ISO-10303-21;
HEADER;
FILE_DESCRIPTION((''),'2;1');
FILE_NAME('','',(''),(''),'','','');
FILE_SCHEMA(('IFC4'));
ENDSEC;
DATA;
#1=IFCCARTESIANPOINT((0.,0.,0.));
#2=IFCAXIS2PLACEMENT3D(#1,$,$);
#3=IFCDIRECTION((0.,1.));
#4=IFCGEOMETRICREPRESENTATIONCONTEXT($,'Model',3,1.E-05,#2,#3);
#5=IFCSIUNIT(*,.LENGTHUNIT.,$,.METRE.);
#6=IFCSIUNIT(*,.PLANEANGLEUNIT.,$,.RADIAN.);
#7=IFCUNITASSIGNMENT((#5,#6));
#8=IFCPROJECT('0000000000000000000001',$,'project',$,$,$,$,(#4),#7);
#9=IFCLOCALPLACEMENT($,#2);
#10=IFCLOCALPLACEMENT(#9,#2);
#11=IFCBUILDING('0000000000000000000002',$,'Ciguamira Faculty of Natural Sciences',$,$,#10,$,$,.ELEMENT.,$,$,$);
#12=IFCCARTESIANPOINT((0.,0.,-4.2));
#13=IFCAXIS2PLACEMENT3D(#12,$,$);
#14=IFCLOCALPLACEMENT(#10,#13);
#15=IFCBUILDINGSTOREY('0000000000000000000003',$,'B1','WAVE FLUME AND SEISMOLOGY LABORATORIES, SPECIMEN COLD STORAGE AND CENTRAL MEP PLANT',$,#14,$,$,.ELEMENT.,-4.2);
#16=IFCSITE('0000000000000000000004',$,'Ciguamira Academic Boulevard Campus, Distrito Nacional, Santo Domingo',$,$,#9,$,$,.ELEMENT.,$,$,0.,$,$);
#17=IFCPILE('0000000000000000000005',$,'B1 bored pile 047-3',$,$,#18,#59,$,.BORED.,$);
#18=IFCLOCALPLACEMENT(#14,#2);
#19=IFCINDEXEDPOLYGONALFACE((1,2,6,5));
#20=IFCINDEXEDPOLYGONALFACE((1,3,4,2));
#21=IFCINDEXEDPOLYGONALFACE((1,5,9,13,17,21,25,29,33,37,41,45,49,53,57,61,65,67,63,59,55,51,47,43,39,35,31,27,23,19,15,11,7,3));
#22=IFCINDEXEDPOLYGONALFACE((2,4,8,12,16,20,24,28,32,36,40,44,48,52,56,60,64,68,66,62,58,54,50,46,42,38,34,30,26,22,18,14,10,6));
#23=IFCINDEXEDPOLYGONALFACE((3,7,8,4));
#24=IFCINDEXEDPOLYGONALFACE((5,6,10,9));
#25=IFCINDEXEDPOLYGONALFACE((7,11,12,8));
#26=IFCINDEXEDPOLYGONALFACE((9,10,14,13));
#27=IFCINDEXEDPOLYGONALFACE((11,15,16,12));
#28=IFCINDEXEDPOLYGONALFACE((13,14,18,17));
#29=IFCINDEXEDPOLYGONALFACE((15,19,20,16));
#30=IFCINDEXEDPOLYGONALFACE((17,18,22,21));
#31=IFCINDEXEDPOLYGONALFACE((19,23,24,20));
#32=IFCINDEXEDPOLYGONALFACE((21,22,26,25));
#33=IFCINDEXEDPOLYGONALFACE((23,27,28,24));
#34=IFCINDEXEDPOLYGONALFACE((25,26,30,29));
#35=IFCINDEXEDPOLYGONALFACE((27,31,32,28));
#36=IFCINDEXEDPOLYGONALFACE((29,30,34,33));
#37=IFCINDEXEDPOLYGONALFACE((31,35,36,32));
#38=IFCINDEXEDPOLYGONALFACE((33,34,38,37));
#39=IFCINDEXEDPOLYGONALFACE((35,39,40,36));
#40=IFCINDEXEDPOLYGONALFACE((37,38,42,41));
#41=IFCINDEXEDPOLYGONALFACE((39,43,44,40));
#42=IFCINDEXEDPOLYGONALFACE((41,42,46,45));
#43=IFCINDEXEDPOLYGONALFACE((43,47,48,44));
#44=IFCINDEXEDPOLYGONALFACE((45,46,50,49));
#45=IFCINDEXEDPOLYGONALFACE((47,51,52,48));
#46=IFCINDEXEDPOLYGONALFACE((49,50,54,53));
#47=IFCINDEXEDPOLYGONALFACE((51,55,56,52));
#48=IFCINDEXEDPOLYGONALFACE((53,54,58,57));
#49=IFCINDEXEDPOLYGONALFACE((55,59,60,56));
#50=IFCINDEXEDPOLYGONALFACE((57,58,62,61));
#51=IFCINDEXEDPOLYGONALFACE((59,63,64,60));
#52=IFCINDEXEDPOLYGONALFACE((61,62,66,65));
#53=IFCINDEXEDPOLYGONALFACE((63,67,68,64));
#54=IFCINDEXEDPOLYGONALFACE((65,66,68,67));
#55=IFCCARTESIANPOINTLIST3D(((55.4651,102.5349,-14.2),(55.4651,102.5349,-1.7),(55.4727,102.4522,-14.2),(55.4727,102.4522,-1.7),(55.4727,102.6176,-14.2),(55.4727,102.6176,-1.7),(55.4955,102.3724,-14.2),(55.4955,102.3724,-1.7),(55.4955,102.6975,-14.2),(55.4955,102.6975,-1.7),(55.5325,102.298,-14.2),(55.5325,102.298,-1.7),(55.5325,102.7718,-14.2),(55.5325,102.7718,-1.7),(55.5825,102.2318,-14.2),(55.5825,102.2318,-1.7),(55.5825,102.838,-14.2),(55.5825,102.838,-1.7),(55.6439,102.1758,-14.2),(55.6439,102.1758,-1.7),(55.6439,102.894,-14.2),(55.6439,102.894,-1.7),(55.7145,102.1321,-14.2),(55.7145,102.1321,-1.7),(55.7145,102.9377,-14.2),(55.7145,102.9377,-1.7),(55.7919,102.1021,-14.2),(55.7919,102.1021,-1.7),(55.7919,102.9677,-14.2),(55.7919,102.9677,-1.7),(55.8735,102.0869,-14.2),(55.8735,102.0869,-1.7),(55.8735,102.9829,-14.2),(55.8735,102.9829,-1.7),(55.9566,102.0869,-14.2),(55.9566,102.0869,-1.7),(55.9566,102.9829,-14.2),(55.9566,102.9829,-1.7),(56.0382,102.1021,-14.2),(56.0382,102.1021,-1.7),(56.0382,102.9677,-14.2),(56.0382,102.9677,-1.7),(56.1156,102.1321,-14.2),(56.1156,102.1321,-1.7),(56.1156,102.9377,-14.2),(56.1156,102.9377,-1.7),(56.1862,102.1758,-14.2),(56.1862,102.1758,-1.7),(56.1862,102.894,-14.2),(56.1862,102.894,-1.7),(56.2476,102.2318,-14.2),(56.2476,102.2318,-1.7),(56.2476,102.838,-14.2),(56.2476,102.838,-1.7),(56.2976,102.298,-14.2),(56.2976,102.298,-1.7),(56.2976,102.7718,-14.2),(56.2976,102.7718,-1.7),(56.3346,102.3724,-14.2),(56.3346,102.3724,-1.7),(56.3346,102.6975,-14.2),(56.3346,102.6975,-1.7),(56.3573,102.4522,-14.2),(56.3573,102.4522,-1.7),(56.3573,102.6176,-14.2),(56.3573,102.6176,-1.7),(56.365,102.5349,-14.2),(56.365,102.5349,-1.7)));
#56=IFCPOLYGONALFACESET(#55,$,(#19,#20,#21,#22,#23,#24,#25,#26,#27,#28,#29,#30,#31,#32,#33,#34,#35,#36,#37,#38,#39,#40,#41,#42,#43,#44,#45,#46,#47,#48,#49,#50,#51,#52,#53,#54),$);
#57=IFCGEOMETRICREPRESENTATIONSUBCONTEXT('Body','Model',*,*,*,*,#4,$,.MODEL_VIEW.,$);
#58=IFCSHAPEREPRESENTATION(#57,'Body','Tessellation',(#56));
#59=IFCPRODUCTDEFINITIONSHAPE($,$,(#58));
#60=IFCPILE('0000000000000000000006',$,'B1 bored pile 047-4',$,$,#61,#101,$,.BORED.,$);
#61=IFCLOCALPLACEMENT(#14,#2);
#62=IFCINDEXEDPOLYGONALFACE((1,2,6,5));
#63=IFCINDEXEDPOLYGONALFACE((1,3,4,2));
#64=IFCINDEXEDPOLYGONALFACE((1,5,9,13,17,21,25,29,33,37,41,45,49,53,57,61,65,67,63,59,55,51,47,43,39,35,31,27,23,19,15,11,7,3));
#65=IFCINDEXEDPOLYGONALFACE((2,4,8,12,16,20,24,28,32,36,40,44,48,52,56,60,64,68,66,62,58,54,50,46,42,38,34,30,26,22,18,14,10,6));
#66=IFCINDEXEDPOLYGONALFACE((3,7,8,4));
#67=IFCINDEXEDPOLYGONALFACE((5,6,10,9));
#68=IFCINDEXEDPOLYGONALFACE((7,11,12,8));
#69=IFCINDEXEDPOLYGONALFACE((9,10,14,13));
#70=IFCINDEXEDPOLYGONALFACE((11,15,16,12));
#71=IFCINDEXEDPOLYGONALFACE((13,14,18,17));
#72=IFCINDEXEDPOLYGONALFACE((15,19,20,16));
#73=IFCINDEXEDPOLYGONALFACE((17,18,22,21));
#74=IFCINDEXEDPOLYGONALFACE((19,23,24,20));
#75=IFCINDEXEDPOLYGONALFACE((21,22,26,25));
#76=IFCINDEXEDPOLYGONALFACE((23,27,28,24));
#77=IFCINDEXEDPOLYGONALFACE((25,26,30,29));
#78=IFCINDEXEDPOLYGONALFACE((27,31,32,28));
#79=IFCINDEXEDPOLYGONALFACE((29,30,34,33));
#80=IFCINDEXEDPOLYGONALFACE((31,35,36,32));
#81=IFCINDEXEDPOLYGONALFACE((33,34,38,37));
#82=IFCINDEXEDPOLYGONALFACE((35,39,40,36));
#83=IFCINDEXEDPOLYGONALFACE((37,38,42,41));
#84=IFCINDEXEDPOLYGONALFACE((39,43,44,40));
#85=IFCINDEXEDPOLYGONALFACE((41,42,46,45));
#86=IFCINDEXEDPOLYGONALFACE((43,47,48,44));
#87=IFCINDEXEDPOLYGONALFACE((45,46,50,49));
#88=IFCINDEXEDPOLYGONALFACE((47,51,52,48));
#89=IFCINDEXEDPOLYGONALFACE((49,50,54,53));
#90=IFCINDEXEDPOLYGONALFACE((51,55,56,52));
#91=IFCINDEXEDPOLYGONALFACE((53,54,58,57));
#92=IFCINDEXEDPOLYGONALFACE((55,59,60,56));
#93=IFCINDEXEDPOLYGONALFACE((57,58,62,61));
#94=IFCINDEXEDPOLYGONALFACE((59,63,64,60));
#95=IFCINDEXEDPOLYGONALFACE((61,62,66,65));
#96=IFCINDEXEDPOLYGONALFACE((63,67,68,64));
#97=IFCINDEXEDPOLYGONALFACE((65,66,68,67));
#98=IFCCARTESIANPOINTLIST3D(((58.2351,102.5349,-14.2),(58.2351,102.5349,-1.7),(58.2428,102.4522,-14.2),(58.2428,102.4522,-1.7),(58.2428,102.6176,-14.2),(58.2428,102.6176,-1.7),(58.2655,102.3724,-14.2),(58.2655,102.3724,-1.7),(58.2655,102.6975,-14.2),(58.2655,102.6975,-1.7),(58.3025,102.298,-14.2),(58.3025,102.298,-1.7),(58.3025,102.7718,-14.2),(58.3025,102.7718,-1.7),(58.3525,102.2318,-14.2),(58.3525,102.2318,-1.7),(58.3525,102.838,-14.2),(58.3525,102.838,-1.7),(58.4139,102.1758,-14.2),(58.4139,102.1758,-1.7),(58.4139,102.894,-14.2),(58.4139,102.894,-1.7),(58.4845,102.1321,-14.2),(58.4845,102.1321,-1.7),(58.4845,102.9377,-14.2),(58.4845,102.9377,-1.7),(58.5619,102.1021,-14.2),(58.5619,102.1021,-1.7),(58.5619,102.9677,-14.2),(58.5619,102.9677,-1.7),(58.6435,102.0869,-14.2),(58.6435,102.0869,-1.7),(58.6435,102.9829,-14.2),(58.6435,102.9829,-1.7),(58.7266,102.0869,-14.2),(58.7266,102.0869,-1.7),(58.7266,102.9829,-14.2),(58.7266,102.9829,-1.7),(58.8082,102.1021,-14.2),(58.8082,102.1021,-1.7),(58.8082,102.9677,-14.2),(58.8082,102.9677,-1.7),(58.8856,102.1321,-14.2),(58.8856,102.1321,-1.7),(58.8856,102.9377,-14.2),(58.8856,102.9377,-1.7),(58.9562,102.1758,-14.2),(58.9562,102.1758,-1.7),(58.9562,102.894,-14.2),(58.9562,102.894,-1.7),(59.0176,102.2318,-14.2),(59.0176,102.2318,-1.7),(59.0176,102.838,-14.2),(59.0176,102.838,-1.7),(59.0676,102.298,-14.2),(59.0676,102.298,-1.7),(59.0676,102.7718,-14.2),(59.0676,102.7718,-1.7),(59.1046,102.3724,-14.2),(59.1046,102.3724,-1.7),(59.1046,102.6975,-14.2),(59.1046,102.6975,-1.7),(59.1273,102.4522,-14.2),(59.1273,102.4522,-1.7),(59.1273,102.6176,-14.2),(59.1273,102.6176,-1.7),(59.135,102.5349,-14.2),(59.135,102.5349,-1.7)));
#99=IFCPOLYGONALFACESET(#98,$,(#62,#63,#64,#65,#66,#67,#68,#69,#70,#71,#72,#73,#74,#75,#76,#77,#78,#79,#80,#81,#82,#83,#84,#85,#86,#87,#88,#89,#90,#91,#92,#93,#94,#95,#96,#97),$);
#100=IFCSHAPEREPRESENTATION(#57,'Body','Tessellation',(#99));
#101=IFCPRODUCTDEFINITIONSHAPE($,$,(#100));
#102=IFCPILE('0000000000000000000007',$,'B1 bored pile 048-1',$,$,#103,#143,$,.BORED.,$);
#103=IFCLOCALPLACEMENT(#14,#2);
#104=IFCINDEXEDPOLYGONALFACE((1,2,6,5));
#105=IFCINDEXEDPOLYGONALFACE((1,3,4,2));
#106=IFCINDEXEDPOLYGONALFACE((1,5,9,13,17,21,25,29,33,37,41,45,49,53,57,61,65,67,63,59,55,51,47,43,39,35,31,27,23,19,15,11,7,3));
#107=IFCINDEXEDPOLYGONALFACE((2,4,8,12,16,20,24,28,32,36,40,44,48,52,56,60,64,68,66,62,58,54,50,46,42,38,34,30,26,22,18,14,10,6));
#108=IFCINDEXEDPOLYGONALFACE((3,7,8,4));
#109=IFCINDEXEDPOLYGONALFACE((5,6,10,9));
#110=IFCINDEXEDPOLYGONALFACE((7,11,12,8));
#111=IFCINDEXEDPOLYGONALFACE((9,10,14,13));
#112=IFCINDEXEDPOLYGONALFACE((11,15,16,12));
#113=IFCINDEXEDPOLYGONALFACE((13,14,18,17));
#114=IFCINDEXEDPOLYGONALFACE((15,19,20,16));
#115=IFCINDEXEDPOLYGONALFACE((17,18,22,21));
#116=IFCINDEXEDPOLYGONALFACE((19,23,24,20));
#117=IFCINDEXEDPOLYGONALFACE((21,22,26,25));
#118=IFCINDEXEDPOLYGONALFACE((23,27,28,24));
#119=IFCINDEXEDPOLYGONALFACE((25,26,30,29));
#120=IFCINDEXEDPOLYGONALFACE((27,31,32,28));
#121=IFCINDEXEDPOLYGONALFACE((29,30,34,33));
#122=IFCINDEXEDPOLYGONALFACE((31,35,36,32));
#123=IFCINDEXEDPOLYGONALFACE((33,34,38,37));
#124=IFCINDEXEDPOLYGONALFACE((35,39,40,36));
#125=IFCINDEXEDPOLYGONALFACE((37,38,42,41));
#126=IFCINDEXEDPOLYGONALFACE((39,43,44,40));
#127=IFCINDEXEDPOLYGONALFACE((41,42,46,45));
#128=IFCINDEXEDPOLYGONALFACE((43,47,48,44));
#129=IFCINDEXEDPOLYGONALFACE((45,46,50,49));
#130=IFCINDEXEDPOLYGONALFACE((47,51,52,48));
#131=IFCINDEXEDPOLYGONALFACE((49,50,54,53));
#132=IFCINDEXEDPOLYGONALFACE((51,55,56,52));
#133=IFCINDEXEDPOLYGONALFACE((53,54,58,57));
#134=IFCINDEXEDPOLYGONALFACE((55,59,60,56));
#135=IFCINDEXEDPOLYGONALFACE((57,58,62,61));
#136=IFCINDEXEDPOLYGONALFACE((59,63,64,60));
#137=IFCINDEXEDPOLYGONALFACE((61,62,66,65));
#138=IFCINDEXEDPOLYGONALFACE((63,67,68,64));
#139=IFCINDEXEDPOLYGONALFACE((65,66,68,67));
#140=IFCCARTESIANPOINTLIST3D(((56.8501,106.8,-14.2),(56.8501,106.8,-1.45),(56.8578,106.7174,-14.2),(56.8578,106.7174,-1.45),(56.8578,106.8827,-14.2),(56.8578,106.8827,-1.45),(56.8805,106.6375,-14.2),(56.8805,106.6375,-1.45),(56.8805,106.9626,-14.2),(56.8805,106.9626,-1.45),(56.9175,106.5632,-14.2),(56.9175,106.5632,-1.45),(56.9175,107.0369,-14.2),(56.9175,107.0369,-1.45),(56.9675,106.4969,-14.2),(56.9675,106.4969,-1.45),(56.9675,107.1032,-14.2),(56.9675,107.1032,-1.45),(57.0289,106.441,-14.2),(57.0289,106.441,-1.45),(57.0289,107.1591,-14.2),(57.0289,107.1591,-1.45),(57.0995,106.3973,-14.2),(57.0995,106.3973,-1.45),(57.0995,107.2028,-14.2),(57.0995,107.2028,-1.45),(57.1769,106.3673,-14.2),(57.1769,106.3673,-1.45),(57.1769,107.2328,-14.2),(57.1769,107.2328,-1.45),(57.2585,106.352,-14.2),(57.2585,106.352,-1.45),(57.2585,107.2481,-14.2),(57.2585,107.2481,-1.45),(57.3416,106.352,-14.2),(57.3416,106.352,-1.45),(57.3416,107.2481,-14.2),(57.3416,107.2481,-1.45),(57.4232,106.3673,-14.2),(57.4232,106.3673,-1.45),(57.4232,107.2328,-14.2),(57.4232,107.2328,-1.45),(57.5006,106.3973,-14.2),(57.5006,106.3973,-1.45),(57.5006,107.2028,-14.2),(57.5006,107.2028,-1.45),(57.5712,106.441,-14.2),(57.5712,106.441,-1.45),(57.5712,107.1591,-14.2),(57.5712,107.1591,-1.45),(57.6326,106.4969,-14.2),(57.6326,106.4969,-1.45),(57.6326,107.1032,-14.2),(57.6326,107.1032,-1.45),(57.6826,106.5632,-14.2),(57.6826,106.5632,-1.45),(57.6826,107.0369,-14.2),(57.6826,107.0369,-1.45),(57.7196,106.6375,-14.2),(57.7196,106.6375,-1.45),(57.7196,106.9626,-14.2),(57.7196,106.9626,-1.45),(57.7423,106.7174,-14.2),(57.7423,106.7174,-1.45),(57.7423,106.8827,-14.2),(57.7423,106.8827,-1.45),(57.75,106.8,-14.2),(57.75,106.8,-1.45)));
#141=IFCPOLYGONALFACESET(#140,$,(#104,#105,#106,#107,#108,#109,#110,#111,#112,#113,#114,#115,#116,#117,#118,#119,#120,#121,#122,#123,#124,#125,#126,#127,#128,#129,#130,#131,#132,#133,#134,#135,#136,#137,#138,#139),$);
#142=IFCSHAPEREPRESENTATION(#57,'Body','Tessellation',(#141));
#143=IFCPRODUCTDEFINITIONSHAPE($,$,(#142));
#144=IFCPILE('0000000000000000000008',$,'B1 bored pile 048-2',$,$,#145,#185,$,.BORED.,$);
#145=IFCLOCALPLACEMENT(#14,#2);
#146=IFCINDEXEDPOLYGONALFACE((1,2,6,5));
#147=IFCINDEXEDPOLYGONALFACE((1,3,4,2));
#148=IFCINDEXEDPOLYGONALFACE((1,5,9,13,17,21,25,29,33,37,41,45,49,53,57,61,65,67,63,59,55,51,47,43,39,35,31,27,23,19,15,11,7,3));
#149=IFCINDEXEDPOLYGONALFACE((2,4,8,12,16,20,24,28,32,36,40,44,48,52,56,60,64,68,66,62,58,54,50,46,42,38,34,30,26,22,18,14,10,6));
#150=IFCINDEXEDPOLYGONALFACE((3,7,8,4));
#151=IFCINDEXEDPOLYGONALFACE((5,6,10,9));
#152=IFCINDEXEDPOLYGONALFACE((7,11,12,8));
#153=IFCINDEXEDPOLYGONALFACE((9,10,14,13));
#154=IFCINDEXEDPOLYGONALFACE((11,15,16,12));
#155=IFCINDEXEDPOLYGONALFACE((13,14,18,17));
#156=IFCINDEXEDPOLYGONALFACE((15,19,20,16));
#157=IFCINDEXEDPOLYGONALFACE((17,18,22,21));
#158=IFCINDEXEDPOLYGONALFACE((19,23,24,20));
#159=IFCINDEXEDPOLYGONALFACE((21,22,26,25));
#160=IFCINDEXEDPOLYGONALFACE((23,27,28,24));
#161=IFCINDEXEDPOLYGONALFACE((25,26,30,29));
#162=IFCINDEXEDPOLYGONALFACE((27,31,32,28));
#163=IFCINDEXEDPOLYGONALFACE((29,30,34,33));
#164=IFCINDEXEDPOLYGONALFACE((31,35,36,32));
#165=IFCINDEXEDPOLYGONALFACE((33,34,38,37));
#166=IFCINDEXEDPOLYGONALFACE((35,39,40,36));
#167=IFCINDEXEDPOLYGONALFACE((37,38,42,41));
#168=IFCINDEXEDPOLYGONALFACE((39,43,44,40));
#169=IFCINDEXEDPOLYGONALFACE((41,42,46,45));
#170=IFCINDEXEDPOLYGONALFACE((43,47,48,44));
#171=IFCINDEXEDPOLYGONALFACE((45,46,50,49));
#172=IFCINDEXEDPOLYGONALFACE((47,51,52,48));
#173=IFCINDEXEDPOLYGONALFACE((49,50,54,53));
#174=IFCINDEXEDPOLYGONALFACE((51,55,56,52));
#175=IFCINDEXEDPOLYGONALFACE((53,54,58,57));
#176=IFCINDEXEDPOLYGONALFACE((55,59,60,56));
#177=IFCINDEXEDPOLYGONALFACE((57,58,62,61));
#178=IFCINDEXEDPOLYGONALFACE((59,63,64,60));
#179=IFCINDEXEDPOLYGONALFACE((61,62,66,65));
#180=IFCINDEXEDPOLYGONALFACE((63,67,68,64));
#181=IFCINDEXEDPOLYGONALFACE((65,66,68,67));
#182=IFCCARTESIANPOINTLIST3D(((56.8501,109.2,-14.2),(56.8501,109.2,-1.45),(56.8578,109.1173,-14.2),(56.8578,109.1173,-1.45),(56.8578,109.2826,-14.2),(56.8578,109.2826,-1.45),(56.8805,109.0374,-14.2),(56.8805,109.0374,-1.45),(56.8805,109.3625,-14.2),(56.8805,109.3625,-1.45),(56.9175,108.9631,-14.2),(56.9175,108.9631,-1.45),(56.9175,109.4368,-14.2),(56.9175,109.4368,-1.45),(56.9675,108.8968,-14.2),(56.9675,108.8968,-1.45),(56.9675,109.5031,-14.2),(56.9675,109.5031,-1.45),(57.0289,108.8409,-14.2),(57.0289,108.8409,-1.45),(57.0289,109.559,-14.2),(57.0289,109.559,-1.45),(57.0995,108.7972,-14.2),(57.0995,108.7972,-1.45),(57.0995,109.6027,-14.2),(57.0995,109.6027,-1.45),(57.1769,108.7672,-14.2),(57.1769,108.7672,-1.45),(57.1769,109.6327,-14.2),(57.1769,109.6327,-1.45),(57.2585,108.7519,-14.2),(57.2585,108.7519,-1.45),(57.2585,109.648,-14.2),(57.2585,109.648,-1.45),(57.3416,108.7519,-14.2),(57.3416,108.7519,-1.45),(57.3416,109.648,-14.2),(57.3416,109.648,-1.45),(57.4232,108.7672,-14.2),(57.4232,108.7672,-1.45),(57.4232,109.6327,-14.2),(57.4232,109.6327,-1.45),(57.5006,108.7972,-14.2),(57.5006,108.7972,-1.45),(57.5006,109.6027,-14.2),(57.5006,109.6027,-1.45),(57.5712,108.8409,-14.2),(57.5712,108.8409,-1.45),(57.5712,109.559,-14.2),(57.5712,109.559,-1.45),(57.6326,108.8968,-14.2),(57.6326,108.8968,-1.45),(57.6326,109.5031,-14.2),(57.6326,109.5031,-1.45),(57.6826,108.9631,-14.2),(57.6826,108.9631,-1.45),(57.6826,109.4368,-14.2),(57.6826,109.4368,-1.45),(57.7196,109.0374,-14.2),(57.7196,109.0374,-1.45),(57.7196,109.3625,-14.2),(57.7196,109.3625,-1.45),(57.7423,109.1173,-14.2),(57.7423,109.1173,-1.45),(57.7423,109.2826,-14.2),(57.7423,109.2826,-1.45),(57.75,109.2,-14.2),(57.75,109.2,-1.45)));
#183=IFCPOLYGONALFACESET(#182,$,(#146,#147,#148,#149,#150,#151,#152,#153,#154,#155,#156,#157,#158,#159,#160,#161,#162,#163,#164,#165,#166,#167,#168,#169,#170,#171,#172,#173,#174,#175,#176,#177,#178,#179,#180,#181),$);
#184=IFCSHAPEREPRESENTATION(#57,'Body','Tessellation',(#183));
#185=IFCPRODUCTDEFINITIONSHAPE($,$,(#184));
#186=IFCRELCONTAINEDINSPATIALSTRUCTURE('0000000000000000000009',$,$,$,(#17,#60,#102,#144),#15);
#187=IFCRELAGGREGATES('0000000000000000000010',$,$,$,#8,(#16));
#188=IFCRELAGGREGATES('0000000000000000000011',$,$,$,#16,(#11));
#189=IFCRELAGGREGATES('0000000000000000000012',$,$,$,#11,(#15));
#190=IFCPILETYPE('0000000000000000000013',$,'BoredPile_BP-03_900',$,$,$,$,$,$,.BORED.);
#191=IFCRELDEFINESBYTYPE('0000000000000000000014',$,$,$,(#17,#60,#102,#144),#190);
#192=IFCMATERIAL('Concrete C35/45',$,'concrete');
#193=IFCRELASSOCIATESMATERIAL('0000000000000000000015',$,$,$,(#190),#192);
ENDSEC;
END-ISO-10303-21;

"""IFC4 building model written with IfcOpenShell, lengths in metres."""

from ifc_helpers import new_model, si_unit, direction, frame, origin, origin_2d, place, context, subcontext, project, spatial, circle, extrude, material, material_profile, profile_set, type_object, element, save


model = new_model("IFC4")

# Units and contexts
model_context = context("Model", 3, precision=1e-05, world=origin(), true_north=direction((0.0, 1.0)))
body_context = subcontext(model_context, "Body", "Model", "MODEL_VIEW")
ifc_project = project(units=[si_unit("LENGTHUNIT", "METRE"), si_unit("PLANEANGLEUNIT", "RADIAN")], contexts=[model_context])

# Site, building, storey
site_placement = place(None, origin())
site = spatial("IfcSite", under=ifc_project, at=site_placement, Name="Ciguamira Academic Boulevard Campus, Distrito Nacional, Santo Domingo", CompositionType="ELEMENT", RefElevation=0.0)
building_placement = place(site_placement, origin())
building = spatial("IfcBuilding", under=site, at=building_placement, Name="Ciguamira Faculty of Natural Sciences", CompositionType="ELEMENT")
storey_placement = place(building_placement, frame((0.0, 0.0, -4.2)))
storey = spatial("IfcBuildingStorey", under=building, at=storey_placement, Name="B1", Description="WAVE FLUME AND SEISMOLOGY LABORATORIES, SPECIMEN COLD STORAGE AND CENTRAL MEP PLANT", CompositionType="ELEMENT", Elevation=-4.2)

# Piles
ifc_material_1 = material(Name="Concrete C35/45", Category="concrete")
ifc_material_profile_1 = material_profile(ifc_material_1, circle(Radius=0.45, at=origin_2d()), Name="PILE-BORED-900")
ifc_profile_set_1 = profile_set([ifc_material_profile_1], Name="Concrete C35/45")
pile_type = type_object("IfcPileType", Name="BoredPile_BP-03_900", PredefinedType="BORED", material=ifc_profile_set_1)
for number, where, z_axis, x_axis, name in (
    (1, (55.915, 102.5349, -1.7), (0.0, 0.0, -1.0), (1.0, 0.0, 0.0), "B1 bored pile 047-3"),
    (2, (58.6851, 102.5349, -1.7), (0.0, 0.0, -1.0), (1.0, 0.0, 0.0), "B1 bored pile 047-4"),
):
    element("IfcPile", number, at=place(storey_placement, frame(where, z_axis=z_axis, x_axis=x_axis)), inside=storey, type_object=pile_type, Name=name, PredefinedType="BORED", context=body_context, shape_type="SweptSolid", body=[
        extrude(circle(Radius=0.45, at=origin_2d()), origin(), (0.0, 0.0, 1.0), 12.5),
    ])
for number, where, z_axis, x_axis, name in (
    (3, (57.3, 106.8, -1.45), (0.0, 0.0, -1.0), (1.0, 0.0, 0.0), "B1 bored pile 048-1"),
    (4, (57.3, 109.2, -1.45), (0.0, 0.0, -1.0), (1.0, 0.0, 0.0), "B1 bored pile 048-2"),
):
    element("IfcPile", number, at=place(storey_placement, frame(where, z_axis=z_axis, x_axis=x_axis)), inside=storey, type_object=pile_type, Name=name, PredefinedType="BORED", context=body_context, shape_type="SweptSolid", body=[
        extrude(circle(Radius=0.45, at=origin_2d()), origin(), (0.0, 0.0, 1.0), 12.75),
    ])

save(model, "model.ifc")
